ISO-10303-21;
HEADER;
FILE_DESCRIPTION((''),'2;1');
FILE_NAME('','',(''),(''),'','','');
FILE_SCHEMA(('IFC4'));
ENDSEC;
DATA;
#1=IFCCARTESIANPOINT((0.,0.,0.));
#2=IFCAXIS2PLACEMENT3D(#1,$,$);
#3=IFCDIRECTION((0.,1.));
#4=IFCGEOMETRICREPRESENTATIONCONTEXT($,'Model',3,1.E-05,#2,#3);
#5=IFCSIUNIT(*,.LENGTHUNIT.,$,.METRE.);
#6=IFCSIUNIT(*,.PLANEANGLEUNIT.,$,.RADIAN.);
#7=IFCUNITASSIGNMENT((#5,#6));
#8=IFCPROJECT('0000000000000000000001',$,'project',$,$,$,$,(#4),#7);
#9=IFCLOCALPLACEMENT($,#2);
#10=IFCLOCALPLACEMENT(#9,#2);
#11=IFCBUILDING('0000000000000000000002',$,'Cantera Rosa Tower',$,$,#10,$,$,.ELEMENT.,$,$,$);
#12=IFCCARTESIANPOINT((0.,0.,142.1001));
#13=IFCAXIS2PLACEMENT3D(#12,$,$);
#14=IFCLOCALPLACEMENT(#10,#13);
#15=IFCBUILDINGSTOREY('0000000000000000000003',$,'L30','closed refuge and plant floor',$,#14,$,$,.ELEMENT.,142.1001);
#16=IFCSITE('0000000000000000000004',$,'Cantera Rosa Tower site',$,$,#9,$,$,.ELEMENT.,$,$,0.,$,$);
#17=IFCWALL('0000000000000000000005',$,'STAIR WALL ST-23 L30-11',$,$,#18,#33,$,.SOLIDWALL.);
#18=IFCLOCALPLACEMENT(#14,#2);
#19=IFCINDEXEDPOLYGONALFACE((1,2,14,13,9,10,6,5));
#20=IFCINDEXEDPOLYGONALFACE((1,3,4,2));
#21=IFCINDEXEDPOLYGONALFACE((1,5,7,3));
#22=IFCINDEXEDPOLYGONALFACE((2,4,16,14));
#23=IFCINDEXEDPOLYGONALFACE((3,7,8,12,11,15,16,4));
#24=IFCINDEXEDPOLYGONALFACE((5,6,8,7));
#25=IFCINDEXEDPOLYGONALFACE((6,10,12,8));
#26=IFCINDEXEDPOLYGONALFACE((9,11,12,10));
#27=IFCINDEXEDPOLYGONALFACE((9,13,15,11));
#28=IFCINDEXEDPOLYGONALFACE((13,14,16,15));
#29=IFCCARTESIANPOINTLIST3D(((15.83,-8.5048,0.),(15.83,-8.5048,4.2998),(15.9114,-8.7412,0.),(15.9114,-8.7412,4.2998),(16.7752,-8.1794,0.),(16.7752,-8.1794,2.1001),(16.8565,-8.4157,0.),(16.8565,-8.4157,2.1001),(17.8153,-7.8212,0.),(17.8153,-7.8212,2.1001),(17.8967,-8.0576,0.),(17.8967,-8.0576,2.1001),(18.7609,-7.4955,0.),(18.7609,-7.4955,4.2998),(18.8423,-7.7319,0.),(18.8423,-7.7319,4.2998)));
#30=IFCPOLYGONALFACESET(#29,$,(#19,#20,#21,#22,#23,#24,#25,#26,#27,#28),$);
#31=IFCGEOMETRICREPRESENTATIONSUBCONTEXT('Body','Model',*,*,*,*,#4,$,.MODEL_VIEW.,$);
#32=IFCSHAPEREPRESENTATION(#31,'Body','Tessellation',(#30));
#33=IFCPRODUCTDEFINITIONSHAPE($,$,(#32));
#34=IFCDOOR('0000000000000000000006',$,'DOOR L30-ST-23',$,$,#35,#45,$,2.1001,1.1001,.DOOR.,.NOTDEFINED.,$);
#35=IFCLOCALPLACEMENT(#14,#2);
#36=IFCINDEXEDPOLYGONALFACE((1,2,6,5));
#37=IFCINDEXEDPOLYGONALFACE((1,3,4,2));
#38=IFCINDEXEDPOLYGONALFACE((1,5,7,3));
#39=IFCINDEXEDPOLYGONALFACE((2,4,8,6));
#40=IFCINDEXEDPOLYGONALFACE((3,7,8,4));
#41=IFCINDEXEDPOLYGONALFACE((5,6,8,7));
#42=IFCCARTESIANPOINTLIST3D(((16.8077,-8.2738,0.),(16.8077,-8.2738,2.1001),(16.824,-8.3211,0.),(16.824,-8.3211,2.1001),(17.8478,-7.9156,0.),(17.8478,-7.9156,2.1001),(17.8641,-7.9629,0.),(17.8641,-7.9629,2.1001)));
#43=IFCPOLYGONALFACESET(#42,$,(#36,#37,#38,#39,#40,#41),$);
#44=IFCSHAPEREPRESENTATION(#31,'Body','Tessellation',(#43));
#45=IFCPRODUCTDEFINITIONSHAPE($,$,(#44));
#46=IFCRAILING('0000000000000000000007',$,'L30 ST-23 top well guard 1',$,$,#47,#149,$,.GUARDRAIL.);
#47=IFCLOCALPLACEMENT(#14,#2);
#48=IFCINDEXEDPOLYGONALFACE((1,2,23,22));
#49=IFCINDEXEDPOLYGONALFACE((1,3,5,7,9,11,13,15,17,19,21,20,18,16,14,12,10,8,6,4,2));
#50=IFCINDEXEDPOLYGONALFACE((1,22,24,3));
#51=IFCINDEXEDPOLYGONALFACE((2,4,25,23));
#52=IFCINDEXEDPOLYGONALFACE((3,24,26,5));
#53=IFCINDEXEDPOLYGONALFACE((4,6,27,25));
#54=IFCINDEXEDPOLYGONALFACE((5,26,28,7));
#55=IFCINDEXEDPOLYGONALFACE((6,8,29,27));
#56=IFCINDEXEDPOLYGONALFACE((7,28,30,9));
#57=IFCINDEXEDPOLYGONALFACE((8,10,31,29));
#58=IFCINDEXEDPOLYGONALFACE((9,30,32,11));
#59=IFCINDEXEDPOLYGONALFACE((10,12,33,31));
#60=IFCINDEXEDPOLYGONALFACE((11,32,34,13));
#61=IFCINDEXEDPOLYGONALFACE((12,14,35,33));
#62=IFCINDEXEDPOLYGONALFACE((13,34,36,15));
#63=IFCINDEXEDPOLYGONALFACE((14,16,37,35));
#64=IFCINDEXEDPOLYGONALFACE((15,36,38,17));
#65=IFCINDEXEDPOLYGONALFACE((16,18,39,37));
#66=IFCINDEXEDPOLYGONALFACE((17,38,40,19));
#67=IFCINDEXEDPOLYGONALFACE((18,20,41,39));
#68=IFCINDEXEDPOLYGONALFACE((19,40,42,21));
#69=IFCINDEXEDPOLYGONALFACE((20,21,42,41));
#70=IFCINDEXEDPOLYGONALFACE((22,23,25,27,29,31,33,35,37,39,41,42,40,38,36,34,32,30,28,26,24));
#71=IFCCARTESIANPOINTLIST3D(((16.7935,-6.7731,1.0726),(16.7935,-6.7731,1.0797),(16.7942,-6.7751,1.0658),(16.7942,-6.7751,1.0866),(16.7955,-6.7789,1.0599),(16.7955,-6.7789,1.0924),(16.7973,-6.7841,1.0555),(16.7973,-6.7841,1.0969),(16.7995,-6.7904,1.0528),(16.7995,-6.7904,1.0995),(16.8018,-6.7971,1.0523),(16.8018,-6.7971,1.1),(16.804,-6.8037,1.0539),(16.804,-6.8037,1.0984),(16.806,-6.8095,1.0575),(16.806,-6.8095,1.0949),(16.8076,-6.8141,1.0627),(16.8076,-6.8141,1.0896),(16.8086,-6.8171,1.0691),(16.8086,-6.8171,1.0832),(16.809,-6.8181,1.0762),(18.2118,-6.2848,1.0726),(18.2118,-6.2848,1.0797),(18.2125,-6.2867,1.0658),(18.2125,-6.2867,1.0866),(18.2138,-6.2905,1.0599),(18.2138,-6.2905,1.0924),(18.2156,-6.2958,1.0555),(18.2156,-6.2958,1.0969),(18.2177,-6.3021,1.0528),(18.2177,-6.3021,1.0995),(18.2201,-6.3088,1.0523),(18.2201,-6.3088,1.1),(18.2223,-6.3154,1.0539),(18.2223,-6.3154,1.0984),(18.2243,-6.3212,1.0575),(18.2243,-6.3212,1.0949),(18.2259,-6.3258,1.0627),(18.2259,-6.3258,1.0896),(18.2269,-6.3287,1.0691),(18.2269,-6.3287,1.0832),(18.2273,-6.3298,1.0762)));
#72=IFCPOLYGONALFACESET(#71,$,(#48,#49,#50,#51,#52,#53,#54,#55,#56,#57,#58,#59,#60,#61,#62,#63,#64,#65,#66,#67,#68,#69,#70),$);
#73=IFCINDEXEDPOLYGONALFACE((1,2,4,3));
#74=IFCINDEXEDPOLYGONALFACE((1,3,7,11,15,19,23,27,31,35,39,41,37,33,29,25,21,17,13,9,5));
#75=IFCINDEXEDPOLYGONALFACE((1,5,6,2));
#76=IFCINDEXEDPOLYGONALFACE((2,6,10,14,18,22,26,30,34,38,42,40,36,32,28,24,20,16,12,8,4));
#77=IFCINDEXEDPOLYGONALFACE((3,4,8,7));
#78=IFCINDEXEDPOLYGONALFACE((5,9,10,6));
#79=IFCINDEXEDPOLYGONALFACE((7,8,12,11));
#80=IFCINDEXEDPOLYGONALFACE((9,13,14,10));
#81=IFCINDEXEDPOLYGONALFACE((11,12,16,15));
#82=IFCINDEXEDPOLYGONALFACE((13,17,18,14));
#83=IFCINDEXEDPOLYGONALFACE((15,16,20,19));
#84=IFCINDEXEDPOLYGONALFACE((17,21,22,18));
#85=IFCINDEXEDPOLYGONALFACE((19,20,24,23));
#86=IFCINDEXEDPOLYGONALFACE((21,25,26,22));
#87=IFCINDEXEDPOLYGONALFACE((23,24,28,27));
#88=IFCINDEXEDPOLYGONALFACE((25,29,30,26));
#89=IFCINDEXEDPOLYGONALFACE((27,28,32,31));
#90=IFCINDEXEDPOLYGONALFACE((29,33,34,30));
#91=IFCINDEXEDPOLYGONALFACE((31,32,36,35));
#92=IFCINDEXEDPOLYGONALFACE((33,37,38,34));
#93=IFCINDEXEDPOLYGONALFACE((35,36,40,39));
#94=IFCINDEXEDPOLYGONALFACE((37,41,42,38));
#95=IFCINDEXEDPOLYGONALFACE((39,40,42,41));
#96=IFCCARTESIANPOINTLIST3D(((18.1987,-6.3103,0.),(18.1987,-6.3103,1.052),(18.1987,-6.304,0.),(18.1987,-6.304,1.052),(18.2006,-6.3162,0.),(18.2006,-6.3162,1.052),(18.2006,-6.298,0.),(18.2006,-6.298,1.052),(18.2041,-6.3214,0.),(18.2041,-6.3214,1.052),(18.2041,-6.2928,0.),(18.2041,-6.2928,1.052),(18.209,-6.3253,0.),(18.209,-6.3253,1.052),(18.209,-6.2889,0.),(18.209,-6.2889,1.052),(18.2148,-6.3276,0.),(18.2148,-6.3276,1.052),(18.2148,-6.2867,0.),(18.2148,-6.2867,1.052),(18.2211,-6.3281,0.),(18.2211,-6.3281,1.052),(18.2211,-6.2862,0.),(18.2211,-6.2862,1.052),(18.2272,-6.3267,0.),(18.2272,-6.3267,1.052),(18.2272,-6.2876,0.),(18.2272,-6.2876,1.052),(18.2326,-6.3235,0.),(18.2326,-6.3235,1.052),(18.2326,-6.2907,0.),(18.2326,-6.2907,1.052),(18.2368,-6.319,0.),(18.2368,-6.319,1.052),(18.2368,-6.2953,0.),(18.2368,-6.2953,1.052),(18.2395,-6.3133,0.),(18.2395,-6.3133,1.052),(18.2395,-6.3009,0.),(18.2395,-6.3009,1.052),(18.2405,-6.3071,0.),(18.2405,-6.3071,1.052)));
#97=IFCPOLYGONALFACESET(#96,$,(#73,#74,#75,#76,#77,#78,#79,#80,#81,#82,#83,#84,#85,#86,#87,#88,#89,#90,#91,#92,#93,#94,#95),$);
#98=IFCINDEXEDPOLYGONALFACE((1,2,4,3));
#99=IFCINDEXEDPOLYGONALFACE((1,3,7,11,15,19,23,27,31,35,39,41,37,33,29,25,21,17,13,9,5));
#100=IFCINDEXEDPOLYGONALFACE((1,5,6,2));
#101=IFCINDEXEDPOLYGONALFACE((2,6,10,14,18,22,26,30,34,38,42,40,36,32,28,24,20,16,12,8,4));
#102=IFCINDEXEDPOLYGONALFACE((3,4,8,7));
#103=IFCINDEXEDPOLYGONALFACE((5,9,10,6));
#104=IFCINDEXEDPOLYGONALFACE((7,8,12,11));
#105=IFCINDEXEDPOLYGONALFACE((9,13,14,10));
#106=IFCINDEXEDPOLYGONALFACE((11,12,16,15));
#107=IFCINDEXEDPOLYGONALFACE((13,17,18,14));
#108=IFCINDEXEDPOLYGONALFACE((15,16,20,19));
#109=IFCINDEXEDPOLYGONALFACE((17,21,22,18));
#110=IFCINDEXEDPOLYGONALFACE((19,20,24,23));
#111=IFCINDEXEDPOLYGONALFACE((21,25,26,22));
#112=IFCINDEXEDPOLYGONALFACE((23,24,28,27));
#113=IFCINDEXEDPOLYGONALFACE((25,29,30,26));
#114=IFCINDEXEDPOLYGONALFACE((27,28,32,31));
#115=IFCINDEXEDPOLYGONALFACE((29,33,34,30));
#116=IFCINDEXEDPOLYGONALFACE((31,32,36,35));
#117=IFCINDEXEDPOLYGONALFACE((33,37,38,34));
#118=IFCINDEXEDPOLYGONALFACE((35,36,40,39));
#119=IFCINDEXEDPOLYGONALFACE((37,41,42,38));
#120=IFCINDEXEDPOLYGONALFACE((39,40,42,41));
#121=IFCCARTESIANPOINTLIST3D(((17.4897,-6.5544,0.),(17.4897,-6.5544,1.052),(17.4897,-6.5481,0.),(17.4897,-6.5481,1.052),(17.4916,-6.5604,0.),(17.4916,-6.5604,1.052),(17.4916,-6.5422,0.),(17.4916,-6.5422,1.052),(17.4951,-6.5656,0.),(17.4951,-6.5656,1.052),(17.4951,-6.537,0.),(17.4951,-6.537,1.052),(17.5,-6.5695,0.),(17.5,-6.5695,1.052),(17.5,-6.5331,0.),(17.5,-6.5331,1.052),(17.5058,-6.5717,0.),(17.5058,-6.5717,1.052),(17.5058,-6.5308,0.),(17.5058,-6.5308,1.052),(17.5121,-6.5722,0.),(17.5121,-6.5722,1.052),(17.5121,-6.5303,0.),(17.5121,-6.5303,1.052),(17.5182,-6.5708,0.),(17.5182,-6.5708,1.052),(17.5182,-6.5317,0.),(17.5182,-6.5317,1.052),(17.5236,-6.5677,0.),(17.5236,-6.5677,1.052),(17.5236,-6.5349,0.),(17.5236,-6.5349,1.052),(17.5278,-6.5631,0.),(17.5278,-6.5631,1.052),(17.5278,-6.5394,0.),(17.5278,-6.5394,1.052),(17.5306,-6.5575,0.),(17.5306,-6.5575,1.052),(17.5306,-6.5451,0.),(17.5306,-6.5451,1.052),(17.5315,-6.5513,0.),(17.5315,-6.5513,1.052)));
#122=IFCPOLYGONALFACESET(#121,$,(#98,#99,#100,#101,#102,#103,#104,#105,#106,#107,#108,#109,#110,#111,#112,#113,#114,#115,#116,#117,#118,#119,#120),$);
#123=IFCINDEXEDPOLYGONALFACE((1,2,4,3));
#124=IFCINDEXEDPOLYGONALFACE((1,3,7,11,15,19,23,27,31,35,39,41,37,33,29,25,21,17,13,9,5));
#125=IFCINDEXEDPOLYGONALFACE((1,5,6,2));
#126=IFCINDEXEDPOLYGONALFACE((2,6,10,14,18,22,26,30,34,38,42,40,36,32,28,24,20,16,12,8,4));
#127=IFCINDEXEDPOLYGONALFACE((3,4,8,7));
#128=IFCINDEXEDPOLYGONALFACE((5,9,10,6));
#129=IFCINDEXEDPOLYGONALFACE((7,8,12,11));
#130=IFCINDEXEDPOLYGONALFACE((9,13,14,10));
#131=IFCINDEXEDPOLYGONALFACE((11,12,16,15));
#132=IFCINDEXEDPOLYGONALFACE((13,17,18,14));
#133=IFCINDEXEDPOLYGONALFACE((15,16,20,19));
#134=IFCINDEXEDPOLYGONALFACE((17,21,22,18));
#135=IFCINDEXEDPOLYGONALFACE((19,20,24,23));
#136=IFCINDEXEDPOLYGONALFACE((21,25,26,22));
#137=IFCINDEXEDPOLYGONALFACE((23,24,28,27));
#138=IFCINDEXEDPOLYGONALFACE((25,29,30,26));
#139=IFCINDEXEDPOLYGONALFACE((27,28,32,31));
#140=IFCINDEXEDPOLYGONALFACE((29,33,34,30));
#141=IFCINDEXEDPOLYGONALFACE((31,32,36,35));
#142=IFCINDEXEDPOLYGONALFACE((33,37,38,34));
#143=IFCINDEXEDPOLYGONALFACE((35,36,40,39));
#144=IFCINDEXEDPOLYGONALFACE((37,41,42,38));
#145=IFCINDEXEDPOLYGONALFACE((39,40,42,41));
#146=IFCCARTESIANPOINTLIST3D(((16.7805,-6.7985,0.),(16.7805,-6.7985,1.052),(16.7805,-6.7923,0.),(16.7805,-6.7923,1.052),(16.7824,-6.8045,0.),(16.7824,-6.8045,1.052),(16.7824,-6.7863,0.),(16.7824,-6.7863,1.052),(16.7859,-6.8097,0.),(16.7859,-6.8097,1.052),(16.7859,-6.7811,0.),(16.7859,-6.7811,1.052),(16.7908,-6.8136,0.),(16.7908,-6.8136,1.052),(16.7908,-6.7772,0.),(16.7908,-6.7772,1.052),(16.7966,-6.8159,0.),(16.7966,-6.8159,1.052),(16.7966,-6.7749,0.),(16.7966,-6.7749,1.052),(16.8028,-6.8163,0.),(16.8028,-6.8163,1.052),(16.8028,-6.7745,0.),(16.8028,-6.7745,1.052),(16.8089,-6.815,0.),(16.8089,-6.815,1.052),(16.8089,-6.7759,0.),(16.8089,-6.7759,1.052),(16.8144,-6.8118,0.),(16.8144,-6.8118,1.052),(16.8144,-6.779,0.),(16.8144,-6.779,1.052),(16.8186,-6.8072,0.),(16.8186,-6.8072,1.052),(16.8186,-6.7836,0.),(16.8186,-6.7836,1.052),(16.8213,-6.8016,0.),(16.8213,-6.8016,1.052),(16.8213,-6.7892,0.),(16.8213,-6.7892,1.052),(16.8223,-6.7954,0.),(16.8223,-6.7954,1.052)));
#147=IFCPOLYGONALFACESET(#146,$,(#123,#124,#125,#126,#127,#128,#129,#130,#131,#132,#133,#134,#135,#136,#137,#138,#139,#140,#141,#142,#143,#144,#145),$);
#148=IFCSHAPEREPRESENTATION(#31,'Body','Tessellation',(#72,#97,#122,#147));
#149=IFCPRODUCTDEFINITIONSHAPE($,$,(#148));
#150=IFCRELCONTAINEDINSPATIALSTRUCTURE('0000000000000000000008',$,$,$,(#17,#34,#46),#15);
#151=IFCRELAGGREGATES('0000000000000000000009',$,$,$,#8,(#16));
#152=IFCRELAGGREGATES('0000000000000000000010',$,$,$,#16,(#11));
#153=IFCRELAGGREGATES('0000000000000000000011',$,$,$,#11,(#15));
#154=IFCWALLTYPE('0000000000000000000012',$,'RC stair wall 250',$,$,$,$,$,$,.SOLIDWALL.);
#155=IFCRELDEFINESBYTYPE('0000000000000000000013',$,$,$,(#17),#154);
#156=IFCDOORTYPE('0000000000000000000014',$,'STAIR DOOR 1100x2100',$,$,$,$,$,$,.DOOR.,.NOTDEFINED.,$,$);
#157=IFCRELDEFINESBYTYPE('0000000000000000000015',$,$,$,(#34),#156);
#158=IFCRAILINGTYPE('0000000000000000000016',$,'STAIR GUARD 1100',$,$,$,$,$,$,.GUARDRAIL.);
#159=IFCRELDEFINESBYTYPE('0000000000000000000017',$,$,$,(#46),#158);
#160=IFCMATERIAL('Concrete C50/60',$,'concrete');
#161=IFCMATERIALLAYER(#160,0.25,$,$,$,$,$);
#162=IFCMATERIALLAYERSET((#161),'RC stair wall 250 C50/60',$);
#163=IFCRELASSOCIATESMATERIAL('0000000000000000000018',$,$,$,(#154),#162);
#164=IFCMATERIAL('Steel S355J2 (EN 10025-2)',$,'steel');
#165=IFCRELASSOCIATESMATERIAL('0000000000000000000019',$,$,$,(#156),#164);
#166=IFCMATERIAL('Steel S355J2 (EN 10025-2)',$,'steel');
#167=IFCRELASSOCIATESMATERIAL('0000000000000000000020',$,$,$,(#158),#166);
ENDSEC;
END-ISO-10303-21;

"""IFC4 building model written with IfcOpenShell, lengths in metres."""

from ifc_helpers import new_model, si_unit, direction, frame, frame_2d, origin, origin_2d, place, context, subcontext, project, spatial, rectangle, circle, extrude, material, layer, layer_set, type_object, element, fill, save


model = new_model("IFC4")

# Units and contexts
model_context = context("Model", 3, precision=1e-05, world=origin(), true_north=direction((0.0, 1.0)))
body_context = subcontext(model_context, "Body", "Model", "MODEL_VIEW")
ifc_project = project(units=[si_unit("LENGTHUNIT", "METRE"), si_unit("PLANEANGLEUNIT", "RADIAN")], contexts=[model_context])

# Site, building, storey
site_placement = place(None, origin())
site = spatial("IfcSite", under=ifc_project, at=site_placement, Name="Cantera Rosa Tower site", CompositionType="ELEMENT", RefElevation=0.0)
building_placement = place(site_placement, origin())
building = spatial("IfcBuilding", under=site, at=building_placement, Name="Cantera Rosa Tower", CompositionType="ELEMENT")
storey_placement = place(building_placement, frame((0.0, 0.0, 142.1001)))
storey = spatial("IfcBuildingStorey", under=building, at=storey_placement, Name="L30", Description="closed refuge and plant floor", CompositionType="ELEMENT", Elevation=142.1001)

# Shared definitions
ifc_material_1 = material(Name="Concrete C50/60", Category="concrete")
ifc_layer_1 = layer(ifc_material_1, 0.25)
ifc_layer_set_1 = layer_set([ifc_layer_1], Name="RC stair wall 250 C50/60")
wall_type_1 = type_object("IfcWallType", Name="RC stair wall 250", PredefinedType="SOLIDWALL", material=ifc_layer_set_1)

# Wall, opening, door
wall_1_placement = place(storey_placement, frame((18.8015, -7.6138, 0.0), z_axis=(0.0, 0.0, 1.0), x_axis=(-0.94551, -0.325593, 0.0)))
wall_1 = element("IfcWall", 1, at=wall_1_placement, inside=storey, type_object=wall_type_1, Name="STAIR WALL ST-23 L30-11", PredefinedType="SOLIDWALL", context=body_context, shape_type="SweptSolid", body=[
    extrude(rectangle(XDim=3.0999, YDim=0.25, at=frame_2d((1.5498, 0.0))), origin(), (0.0, 0.0, 1.0), 4.2998),
])
opening_1_placement = place(wall_1_placement, frame((1.0, 0.0, 0.0)))
opening_1 = element("IfcOpeningElement", 2, at=opening_1_placement, cuts=wall_1, PredefinedType="OPENING", context=body_context, shape_type="SweptSolid", body=[
    extrude(rectangle(XDim=1.1001, YDim=2.1001, at=frame_2d((0.55, 1.05))), frame((0.0, 0.135, 0.0), z_axis=(0.0, -1.0, 0.0), x_axis=(1.0, 0.0, 0.0)), (0.0, 0.0, 1.0), 0.27),
])
ifc_material_2 = material(Name="Steel S355J2 (EN 10025-2)", Category="steel")
door_type_1 = type_object("IfcDoorType", Name="STAIR DOOR 1100x2100", OperationType="NOTDEFINED", PredefinedType="DOOR", material=ifc_material_2)
door_1_placement = place(opening_1_placement, origin())
door_1 = element("IfcDoor", 3, at=door_1_placement, inside=storey, type_object=door_type_1, Name="DOOR L30-ST-23", OperationType="NOTDEFINED", OverallHeight=2.1001, OverallWidth=1.1001, PredefinedType="DOOR", context=body_context, shape_type="SweptSolid", body=[
    extrude(rectangle(XDim=1.1001, YDim=2.1001, at=frame_2d((0.55, 1.05))), frame((0.0, 0.0249, 0.0), z_axis=(0.0, -1.0, 0.0), x_axis=(1.0, 0.0, 0.0)), (0.0, 0.0, 1.0), 0.05),
])
fill(opening_1, door_1)

# Railing
ifc_material_3 = material(Name="Steel S355J2 (EN 10025-2)", Category="steel")
railing_type = type_object("IfcRailingType", Name="STAIR GUARD 1100", PredefinedType="GUARDRAIL", material=ifc_material_3)
railing_1_placement = place(storey_placement, frame((18.2195, -6.3071, 0.0)))
element("IfcRailing", 4, at=railing_1_placement, inside=storey, type_object=railing_type, Name="L30 ST-23 top well guard 1", PredefinedType="GUARDRAIL", context=body_context, shape_type="SweptSolid", body=[
    extrude(circle(Radius=0.0239, at=origin_2d()), frame((0.0, 0.0, 1.0762), z_axis=(-0.945529, -0.325539, 0.0), x_axis=(0.325539, -0.945529, 0.0)), (0.0, 0.0, 1.0), 1.5),
    extrude(circle(Radius=0.021, at=origin_2d()), origin(), (0.0, 0.0, 1.0), 1.052),
    extrude(circle(Radius=0.021, at=origin_2d()), frame((-0.709, -0.2441, 0.0)), (0.0, 0.0, 1.0), 1.052),
    extrude(circle(Radius=0.021, at=origin_2d()), frame((-1.4182, -0.4883, 0.0)), (0.0, 0.0, 1.0), 1.052),
])

save(model, "model.ifc")
